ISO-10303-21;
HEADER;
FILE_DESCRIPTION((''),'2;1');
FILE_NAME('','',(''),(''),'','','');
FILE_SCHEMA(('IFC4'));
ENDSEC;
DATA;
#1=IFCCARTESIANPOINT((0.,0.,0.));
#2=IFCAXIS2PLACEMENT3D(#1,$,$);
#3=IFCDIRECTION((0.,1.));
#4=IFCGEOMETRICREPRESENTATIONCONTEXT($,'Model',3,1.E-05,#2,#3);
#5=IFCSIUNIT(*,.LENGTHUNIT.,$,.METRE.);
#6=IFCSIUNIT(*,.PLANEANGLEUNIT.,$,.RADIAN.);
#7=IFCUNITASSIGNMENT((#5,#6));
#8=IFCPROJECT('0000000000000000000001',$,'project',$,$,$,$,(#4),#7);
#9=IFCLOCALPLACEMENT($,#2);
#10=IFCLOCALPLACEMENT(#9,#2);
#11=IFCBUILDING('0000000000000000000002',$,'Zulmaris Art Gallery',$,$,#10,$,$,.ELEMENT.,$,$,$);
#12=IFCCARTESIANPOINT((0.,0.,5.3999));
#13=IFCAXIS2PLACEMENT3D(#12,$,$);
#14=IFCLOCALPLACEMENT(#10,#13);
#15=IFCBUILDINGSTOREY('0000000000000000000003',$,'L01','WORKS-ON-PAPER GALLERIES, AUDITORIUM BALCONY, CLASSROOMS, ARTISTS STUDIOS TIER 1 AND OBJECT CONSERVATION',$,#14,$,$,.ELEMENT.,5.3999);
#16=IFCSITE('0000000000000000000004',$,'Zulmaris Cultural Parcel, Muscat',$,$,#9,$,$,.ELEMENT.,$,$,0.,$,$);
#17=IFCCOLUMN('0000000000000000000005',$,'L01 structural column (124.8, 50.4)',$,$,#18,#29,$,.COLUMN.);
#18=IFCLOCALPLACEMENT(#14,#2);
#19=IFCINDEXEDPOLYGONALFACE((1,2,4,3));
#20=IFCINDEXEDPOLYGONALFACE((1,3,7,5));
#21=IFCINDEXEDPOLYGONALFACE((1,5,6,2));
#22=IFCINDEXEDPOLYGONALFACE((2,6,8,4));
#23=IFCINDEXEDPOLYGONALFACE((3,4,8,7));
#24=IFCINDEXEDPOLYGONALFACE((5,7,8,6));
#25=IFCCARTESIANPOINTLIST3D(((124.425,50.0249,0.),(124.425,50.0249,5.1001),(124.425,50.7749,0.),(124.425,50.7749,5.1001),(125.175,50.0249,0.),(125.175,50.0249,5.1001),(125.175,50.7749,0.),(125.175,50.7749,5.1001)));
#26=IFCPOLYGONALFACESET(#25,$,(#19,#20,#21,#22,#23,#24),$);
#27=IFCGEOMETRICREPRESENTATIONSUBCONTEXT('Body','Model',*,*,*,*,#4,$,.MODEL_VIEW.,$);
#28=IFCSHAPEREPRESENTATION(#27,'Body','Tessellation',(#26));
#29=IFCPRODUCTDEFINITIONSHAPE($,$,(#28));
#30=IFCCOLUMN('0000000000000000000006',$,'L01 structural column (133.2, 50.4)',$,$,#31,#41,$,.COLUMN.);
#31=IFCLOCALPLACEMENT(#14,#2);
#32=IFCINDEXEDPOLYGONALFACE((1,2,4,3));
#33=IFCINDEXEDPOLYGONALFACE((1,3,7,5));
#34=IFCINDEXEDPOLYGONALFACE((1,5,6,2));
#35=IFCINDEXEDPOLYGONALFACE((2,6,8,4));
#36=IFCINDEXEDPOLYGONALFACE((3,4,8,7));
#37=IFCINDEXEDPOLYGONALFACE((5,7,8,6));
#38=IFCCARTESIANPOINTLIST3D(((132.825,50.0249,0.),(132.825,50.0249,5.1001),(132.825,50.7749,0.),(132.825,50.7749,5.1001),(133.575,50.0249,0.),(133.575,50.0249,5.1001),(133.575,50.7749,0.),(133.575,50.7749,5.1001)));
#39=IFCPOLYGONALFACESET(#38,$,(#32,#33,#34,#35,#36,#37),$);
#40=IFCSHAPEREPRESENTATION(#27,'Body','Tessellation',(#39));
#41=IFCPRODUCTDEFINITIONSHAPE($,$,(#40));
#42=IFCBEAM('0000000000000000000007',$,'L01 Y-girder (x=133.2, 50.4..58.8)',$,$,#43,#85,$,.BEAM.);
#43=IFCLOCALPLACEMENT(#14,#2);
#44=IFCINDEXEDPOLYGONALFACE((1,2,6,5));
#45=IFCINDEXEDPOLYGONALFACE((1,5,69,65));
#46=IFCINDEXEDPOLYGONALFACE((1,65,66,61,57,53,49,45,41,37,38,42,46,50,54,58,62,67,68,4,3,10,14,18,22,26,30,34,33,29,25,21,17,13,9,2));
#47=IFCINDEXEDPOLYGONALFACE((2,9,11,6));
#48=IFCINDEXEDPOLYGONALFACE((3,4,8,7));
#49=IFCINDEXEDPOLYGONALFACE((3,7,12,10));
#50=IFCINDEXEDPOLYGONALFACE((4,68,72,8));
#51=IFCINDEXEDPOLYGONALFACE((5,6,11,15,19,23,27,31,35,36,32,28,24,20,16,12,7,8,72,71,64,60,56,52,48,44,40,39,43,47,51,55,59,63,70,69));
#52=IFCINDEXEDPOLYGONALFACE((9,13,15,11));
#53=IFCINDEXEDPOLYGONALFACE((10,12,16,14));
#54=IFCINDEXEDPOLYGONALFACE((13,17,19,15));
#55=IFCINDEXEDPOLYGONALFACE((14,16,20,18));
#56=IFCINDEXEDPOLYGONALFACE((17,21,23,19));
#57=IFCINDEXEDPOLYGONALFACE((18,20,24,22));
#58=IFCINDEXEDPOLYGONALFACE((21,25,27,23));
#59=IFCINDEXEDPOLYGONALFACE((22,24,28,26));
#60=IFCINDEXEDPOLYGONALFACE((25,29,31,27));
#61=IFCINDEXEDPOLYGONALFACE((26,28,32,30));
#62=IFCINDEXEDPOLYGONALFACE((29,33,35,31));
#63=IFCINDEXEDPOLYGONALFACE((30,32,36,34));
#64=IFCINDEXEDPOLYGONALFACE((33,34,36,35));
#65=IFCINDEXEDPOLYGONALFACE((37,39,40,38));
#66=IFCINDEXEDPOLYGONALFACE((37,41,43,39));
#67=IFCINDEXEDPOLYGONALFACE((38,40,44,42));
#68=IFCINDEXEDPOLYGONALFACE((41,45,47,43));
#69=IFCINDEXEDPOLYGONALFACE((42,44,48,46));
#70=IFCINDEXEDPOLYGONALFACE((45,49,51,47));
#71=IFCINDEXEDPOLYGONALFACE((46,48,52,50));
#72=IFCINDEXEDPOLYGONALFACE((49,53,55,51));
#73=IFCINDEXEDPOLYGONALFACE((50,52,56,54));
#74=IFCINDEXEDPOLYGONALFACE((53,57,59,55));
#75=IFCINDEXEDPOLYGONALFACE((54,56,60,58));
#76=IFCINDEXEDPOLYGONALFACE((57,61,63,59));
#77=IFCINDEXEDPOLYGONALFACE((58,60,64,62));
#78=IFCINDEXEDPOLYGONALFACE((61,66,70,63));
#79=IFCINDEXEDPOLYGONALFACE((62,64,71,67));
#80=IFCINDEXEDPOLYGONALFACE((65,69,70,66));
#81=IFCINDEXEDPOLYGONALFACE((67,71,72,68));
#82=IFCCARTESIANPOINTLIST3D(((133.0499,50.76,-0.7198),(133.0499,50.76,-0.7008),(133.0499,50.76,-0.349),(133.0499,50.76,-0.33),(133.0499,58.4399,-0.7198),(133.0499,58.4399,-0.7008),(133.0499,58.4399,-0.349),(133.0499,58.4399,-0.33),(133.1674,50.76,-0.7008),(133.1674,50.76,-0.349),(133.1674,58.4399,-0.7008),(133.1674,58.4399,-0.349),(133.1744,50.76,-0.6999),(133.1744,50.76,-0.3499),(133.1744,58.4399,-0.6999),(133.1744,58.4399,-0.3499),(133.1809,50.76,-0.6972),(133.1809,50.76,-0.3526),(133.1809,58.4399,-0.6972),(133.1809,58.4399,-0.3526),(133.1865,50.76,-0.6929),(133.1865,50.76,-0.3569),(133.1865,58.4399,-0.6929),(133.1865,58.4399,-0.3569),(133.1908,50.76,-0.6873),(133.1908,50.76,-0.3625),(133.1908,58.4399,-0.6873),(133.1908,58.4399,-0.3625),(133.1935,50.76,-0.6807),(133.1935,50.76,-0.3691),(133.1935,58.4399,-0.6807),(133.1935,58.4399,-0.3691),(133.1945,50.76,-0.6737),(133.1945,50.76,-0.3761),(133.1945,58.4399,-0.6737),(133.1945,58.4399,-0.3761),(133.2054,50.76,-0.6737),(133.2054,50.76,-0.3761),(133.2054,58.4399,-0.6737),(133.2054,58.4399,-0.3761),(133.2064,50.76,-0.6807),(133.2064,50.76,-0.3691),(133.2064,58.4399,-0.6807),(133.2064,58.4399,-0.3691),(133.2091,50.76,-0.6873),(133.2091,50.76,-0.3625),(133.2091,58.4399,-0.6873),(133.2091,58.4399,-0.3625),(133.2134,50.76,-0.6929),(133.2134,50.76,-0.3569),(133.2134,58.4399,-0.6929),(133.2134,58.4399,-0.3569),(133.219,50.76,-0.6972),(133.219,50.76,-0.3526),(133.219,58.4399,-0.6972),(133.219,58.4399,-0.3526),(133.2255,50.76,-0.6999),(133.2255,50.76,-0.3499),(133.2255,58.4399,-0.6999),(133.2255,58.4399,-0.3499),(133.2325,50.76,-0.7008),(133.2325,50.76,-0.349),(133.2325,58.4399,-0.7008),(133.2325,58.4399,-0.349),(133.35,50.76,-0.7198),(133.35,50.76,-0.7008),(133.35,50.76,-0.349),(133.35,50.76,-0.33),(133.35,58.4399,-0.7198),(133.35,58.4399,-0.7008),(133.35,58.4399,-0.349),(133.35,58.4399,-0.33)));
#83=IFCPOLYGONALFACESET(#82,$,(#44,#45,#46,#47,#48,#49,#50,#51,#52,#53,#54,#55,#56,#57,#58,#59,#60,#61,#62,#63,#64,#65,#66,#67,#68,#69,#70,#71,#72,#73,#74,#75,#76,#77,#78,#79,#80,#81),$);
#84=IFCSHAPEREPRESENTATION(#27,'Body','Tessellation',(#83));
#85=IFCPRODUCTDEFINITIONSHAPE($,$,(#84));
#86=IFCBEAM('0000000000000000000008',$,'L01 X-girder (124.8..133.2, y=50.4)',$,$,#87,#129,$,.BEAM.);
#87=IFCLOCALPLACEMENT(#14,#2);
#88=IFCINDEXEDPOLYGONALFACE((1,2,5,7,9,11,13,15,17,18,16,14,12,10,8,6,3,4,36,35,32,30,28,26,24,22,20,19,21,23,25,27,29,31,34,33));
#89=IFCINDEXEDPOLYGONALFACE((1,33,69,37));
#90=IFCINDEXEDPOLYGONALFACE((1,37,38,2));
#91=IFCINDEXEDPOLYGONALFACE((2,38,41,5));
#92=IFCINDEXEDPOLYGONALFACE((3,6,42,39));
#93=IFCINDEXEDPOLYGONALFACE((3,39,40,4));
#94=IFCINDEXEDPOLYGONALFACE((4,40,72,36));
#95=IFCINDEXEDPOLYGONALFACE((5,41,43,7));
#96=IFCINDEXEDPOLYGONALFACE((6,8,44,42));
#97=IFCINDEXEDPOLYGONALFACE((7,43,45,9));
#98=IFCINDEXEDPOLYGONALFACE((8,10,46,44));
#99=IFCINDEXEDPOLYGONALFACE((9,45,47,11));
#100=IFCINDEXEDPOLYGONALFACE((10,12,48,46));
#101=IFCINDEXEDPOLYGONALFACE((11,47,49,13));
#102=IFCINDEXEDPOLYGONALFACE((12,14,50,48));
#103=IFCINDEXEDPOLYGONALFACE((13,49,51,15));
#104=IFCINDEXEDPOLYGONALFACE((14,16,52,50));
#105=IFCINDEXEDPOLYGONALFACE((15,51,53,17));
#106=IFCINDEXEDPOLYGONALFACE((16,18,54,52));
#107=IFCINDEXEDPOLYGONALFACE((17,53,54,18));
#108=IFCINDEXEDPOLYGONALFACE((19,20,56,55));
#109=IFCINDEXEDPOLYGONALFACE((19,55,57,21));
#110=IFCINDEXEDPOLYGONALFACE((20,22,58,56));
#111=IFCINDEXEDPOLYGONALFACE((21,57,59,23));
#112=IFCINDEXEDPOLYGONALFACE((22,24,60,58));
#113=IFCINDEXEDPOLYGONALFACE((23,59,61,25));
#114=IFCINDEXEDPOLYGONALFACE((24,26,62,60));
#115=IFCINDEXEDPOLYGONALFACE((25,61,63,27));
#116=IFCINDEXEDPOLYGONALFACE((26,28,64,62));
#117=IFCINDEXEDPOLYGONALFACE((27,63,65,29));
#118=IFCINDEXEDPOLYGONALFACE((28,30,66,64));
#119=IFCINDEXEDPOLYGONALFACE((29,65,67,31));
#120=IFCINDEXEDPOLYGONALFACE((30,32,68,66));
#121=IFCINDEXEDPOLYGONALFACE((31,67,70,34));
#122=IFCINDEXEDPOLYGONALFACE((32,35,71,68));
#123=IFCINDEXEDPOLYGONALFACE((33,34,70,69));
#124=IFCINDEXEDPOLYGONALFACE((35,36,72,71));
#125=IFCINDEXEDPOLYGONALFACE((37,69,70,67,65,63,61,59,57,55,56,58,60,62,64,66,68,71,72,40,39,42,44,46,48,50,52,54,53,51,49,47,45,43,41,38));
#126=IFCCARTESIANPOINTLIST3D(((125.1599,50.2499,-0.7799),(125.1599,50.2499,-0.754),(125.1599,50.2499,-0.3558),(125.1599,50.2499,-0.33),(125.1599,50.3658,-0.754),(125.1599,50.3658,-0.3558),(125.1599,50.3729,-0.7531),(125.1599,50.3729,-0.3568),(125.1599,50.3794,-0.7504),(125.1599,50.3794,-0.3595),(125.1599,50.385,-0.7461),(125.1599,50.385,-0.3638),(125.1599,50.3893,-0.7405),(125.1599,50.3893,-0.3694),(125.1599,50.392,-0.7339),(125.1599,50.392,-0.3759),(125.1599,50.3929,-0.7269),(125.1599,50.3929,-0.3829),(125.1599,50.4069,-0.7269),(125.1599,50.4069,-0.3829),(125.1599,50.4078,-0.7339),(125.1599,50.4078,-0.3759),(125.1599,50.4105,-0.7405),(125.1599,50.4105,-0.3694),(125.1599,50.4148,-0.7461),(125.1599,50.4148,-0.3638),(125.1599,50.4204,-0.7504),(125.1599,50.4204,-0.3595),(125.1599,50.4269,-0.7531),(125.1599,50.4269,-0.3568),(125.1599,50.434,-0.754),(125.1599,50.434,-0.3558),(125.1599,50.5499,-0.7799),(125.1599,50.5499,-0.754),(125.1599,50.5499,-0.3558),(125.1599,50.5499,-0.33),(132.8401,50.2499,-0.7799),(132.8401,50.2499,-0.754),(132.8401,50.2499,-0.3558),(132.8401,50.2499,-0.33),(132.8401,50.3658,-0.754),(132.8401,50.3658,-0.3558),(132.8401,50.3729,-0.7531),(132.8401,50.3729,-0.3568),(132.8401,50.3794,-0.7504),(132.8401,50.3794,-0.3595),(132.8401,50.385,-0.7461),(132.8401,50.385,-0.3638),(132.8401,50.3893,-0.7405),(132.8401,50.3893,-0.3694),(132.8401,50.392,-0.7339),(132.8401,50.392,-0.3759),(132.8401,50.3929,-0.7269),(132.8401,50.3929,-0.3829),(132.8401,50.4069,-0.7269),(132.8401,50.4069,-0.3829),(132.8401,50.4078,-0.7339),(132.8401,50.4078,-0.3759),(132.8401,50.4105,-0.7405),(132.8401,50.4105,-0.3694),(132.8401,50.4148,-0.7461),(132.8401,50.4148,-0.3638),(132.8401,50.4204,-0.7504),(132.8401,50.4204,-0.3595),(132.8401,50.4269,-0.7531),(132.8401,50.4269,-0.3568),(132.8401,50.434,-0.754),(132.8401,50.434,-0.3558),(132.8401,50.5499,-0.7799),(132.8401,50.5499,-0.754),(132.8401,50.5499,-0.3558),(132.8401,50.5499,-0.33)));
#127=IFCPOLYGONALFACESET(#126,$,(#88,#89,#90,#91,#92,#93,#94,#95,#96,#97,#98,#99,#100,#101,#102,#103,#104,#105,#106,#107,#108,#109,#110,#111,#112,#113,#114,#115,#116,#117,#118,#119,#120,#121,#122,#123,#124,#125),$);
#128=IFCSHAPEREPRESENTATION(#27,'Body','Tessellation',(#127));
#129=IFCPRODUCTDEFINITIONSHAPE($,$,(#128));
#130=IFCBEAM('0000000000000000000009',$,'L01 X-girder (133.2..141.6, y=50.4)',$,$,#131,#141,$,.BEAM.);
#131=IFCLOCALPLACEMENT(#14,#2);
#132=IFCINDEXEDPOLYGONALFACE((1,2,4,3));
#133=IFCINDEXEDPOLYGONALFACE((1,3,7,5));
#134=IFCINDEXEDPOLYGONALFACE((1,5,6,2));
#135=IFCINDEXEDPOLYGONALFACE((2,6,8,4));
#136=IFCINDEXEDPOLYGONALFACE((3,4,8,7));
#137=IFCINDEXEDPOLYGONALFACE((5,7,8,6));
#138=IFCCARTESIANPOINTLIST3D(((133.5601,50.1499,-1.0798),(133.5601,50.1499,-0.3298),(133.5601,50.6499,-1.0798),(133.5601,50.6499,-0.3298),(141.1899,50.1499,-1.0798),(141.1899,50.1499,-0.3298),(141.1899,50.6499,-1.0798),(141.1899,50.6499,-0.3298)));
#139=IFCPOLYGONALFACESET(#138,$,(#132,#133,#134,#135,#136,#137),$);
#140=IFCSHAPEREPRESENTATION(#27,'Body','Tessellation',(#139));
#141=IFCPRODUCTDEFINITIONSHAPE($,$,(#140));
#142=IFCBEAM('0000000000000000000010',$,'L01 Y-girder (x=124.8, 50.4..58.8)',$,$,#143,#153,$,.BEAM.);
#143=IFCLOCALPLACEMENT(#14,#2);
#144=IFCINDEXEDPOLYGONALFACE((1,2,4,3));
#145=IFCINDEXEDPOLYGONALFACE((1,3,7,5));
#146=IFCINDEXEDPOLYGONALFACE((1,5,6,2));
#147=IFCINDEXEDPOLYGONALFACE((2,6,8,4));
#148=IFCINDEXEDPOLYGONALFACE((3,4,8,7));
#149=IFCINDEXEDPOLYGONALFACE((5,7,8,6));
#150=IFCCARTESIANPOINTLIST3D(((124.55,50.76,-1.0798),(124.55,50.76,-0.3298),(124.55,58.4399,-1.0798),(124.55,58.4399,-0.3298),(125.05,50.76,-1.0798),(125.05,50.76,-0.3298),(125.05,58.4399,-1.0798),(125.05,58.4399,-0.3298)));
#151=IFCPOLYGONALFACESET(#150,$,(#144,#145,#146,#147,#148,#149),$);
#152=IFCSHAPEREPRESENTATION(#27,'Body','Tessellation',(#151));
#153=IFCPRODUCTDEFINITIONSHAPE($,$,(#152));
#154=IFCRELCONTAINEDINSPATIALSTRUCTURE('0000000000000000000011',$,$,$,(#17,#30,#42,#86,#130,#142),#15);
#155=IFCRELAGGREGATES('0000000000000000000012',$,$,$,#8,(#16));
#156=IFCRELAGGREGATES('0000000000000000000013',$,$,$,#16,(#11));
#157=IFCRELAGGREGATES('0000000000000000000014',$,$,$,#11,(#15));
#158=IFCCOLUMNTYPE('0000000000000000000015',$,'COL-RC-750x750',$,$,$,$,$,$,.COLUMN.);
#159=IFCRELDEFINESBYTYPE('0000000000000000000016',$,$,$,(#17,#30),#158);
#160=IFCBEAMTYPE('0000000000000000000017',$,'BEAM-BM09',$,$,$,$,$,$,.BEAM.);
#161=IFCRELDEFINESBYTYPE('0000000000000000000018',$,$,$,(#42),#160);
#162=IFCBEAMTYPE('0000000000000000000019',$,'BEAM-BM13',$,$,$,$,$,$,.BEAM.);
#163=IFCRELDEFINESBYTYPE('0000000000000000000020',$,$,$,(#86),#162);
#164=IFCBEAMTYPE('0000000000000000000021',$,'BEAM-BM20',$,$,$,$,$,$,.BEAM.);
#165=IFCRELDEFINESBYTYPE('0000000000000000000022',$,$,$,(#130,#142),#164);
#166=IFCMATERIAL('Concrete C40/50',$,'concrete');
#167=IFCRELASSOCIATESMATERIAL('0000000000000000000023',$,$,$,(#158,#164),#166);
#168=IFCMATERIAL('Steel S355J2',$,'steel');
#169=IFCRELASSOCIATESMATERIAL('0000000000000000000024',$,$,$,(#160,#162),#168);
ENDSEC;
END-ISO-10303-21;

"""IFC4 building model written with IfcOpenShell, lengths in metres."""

from ifc_helpers import new_model, si_unit, direction, frame, origin, origin_2d, place, context, subcontext, project, spatial, rectangle, i_section, extrude, material, material_profile, profile_set, type_object, element, save


model = new_model("IFC4")

# Units and contexts
model_context = context("Model", 3, precision=1e-05, world=origin(), true_north=direction((0.0, 1.0)))
body_context = subcontext(model_context, "Body", "Model", "MODEL_VIEW")
ifc_project = project(units=[si_unit("LENGTHUNIT", "METRE"), si_unit("PLANEANGLEUNIT", "RADIAN")], contexts=[model_context])

# Site, building, storey
site_placement = place(None, origin())
site = spatial("IfcSite", under=ifc_project, at=site_placement, Name="Zulmaris Cultural Parcel, Muscat", CompositionType="ELEMENT", RefElevation=0.0)
building_placement = place(site_placement, origin())
building = spatial("IfcBuilding", under=site, at=building_placement, Name="Zulmaris Art Gallery", CompositionType="ELEMENT")
storey_placement = place(building_placement, frame((0.0, 0.0, 5.3999)))
storey = spatial("IfcBuildingStorey", under=building, at=storey_placement, Name="L01", Description="WORKS-ON-PAPER GALLERIES, AUDITORIUM BALCONY, CLASSROOMS, ARTISTS STUDIOS TIER 1 AND OBJECT CONSERVATION", CompositionType="ELEMENT", Elevation=5.3999)

# Columns
ifc_material_1 = material(Name="Concrete C40/50", Category="concrete")
ifc_material_profile_1 = material_profile(ifc_material_1, rectangle(XDim=0.75, YDim=0.75, at=origin_2d()), Name="RC 750x750")
ifc_profile_set_1 = profile_set([ifc_material_profile_1], Name="Concrete C40/50")
column_type = type_object("IfcColumnType", Name="COL-RC-750x750", PredefinedType="COLUMN", material=ifc_profile_set_1)
for number, where, z_axis, x_axis, name in (
    (1, (124.8, 50.3999, 0.0), (0.0, 0.0, 1.0), (1.0, 0.0, 0.0), "L01 structural column (124.8, 50.4)"),
    (2, (133.2, 50.3999, 0.0), (0.0, 0.0, 1.0), (1.0, 0.0, 0.0), "L01 structural column (133.2, 50.4)"),
):
    element("IfcColumn", number, at=place(storey_placement, frame(where, z_axis=z_axis, x_axis=x_axis)), inside=storey, type_object=column_type, Name=name, PredefinedType="COLUMN", context=body_context, shape_type="SweptSolid", body=[
        extrude(rectangle(XDim=0.75, YDim=0.75, at=origin_2d()), origin(), (0.0, 0.0, 1.0), 5.1001),
    ])

# Beams
ifc_material_2 = material(Name="Steel S355J2", Category="steel")
ifc_material_profile_2 = material_profile(ifc_material_2, i_section(OverallWidth=0.3, OverallDepth=0.3899, WebThickness=0.011, FlangeThickness=0.019, FilletRadius=0.0271, at=origin_2d()), Name="HEA 400")
ifc_profile_set_2 = profile_set([ifc_material_profile_2], Name="Steel S355J2")
beam_type_1 = type_object("IfcBeamType", Name="BEAM-BM09", PredefinedType="BEAM", material=ifc_profile_set_2)
beam_1_placement = place(storey_placement, frame((133.2, 50.76, -0.5249), z_axis=(0.0, 1.0, 0.0), x_axis=(-1.0, 0.0, 0.0)))
element("IfcBeam", 3, at=beam_1_placement, inside=storey, type_object=beam_type_1, Name="L01 Y-girder (x=133.2, 50.4..58.8)", PredefinedType="BEAM", context=body_context, shape_type="SweptSolid", body=[
    extrude(i_section(OverallWidth=0.3, OverallDepth=0.3899, WebThickness=0.011, FlangeThickness=0.019, FilletRadius=0.0271, at=origin_2d()), origin(), (0.0, 0.0, 1.0), 7.6799),
])
ifc_material_profile_3 = material_profile(ifc_material_2, i_section(OverallWidth=0.3, OverallDepth=0.45, WebThickness=0.0139, FlangeThickness=0.0259, FilletRadius=0.0271, at=origin_2d()), Name="HEB 450")
ifc_profile_set_3 = profile_set([ifc_material_profile_3], Name="Steel S355J2")
beam_type_2 = type_object("IfcBeamType", Name="BEAM-BM13", PredefinedType="BEAM", material=ifc_profile_set_3)
beam_2_placement = place(storey_placement, frame((125.1599, 50.3999, -0.5549), z_axis=(1.0, 0.0, 0.0), x_axis=(0.0, 1.0, 0.0)))
element("IfcBeam", 4, at=beam_2_placement, inside=storey, type_object=beam_type_2, Name="L01 X-girder (124.8..133.2, y=50.4)", PredefinedType="BEAM", context=body_context, shape_type="SweptSolid", body=[
    extrude(i_section(OverallWidth=0.3, OverallDepth=0.45, WebThickness=0.0139, FlangeThickness=0.0259, FilletRadius=0.0271, at=origin_2d()), origin(), (0.0, 0.0, 1.0), 7.6802),
])
ifc_material_profile_4 = material_profile(ifc_material_1, rectangle(XDim=0.5, YDim=0.75, at=origin_2d()), Name="RC 500x750")
ifc_profile_set_4 = profile_set([ifc_material_profile_4], Name="Concrete C40/50")
beam_type_3 = type_object("IfcBeamType", Name="BEAM-BM20", PredefinedType="BEAM", material=ifc_profile_set_4)
beam_3_placement = place(storey_placement, frame((133.5601, 50.3999, -0.7048), z_axis=(1.0, 0.0, 0.0), x_axis=(0.0, 1.0, 0.0)))
element("IfcBeam", 5, at=beam_3_placement, inside=storey, type_object=beam_type_3, Name="L01 X-girder (133.2..141.6, y=50.4)", PredefinedType="BEAM", context=body_context, shape_type="SweptSolid", body=[
    extrude(rectangle(XDim=0.5, YDim=0.75, at=origin_2d()), origin(), (0.0, 0.0, 1.0), 7.6299),
])
beam_4_placement = place(storey_placement, frame((124.8, 50.76, -0.7048), z_axis=(0.0, 1.0, 0.0), x_axis=(-1.0, 0.0, 0.0)))
element("IfcBeam", 6, at=beam_4_placement, inside=storey, type_object=beam_type_3, Name="L01 Y-girder (x=124.8, 50.4..58.8)", PredefinedType="BEAM", context=body_context, shape_type="SweptSolid", body=[
    extrude(rectangle(XDim=0.5, YDim=0.75, at=origin_2d()), origin(), (0.0, 0.0, 1.0), 7.6799),
])

save(model, "model.ifc")
